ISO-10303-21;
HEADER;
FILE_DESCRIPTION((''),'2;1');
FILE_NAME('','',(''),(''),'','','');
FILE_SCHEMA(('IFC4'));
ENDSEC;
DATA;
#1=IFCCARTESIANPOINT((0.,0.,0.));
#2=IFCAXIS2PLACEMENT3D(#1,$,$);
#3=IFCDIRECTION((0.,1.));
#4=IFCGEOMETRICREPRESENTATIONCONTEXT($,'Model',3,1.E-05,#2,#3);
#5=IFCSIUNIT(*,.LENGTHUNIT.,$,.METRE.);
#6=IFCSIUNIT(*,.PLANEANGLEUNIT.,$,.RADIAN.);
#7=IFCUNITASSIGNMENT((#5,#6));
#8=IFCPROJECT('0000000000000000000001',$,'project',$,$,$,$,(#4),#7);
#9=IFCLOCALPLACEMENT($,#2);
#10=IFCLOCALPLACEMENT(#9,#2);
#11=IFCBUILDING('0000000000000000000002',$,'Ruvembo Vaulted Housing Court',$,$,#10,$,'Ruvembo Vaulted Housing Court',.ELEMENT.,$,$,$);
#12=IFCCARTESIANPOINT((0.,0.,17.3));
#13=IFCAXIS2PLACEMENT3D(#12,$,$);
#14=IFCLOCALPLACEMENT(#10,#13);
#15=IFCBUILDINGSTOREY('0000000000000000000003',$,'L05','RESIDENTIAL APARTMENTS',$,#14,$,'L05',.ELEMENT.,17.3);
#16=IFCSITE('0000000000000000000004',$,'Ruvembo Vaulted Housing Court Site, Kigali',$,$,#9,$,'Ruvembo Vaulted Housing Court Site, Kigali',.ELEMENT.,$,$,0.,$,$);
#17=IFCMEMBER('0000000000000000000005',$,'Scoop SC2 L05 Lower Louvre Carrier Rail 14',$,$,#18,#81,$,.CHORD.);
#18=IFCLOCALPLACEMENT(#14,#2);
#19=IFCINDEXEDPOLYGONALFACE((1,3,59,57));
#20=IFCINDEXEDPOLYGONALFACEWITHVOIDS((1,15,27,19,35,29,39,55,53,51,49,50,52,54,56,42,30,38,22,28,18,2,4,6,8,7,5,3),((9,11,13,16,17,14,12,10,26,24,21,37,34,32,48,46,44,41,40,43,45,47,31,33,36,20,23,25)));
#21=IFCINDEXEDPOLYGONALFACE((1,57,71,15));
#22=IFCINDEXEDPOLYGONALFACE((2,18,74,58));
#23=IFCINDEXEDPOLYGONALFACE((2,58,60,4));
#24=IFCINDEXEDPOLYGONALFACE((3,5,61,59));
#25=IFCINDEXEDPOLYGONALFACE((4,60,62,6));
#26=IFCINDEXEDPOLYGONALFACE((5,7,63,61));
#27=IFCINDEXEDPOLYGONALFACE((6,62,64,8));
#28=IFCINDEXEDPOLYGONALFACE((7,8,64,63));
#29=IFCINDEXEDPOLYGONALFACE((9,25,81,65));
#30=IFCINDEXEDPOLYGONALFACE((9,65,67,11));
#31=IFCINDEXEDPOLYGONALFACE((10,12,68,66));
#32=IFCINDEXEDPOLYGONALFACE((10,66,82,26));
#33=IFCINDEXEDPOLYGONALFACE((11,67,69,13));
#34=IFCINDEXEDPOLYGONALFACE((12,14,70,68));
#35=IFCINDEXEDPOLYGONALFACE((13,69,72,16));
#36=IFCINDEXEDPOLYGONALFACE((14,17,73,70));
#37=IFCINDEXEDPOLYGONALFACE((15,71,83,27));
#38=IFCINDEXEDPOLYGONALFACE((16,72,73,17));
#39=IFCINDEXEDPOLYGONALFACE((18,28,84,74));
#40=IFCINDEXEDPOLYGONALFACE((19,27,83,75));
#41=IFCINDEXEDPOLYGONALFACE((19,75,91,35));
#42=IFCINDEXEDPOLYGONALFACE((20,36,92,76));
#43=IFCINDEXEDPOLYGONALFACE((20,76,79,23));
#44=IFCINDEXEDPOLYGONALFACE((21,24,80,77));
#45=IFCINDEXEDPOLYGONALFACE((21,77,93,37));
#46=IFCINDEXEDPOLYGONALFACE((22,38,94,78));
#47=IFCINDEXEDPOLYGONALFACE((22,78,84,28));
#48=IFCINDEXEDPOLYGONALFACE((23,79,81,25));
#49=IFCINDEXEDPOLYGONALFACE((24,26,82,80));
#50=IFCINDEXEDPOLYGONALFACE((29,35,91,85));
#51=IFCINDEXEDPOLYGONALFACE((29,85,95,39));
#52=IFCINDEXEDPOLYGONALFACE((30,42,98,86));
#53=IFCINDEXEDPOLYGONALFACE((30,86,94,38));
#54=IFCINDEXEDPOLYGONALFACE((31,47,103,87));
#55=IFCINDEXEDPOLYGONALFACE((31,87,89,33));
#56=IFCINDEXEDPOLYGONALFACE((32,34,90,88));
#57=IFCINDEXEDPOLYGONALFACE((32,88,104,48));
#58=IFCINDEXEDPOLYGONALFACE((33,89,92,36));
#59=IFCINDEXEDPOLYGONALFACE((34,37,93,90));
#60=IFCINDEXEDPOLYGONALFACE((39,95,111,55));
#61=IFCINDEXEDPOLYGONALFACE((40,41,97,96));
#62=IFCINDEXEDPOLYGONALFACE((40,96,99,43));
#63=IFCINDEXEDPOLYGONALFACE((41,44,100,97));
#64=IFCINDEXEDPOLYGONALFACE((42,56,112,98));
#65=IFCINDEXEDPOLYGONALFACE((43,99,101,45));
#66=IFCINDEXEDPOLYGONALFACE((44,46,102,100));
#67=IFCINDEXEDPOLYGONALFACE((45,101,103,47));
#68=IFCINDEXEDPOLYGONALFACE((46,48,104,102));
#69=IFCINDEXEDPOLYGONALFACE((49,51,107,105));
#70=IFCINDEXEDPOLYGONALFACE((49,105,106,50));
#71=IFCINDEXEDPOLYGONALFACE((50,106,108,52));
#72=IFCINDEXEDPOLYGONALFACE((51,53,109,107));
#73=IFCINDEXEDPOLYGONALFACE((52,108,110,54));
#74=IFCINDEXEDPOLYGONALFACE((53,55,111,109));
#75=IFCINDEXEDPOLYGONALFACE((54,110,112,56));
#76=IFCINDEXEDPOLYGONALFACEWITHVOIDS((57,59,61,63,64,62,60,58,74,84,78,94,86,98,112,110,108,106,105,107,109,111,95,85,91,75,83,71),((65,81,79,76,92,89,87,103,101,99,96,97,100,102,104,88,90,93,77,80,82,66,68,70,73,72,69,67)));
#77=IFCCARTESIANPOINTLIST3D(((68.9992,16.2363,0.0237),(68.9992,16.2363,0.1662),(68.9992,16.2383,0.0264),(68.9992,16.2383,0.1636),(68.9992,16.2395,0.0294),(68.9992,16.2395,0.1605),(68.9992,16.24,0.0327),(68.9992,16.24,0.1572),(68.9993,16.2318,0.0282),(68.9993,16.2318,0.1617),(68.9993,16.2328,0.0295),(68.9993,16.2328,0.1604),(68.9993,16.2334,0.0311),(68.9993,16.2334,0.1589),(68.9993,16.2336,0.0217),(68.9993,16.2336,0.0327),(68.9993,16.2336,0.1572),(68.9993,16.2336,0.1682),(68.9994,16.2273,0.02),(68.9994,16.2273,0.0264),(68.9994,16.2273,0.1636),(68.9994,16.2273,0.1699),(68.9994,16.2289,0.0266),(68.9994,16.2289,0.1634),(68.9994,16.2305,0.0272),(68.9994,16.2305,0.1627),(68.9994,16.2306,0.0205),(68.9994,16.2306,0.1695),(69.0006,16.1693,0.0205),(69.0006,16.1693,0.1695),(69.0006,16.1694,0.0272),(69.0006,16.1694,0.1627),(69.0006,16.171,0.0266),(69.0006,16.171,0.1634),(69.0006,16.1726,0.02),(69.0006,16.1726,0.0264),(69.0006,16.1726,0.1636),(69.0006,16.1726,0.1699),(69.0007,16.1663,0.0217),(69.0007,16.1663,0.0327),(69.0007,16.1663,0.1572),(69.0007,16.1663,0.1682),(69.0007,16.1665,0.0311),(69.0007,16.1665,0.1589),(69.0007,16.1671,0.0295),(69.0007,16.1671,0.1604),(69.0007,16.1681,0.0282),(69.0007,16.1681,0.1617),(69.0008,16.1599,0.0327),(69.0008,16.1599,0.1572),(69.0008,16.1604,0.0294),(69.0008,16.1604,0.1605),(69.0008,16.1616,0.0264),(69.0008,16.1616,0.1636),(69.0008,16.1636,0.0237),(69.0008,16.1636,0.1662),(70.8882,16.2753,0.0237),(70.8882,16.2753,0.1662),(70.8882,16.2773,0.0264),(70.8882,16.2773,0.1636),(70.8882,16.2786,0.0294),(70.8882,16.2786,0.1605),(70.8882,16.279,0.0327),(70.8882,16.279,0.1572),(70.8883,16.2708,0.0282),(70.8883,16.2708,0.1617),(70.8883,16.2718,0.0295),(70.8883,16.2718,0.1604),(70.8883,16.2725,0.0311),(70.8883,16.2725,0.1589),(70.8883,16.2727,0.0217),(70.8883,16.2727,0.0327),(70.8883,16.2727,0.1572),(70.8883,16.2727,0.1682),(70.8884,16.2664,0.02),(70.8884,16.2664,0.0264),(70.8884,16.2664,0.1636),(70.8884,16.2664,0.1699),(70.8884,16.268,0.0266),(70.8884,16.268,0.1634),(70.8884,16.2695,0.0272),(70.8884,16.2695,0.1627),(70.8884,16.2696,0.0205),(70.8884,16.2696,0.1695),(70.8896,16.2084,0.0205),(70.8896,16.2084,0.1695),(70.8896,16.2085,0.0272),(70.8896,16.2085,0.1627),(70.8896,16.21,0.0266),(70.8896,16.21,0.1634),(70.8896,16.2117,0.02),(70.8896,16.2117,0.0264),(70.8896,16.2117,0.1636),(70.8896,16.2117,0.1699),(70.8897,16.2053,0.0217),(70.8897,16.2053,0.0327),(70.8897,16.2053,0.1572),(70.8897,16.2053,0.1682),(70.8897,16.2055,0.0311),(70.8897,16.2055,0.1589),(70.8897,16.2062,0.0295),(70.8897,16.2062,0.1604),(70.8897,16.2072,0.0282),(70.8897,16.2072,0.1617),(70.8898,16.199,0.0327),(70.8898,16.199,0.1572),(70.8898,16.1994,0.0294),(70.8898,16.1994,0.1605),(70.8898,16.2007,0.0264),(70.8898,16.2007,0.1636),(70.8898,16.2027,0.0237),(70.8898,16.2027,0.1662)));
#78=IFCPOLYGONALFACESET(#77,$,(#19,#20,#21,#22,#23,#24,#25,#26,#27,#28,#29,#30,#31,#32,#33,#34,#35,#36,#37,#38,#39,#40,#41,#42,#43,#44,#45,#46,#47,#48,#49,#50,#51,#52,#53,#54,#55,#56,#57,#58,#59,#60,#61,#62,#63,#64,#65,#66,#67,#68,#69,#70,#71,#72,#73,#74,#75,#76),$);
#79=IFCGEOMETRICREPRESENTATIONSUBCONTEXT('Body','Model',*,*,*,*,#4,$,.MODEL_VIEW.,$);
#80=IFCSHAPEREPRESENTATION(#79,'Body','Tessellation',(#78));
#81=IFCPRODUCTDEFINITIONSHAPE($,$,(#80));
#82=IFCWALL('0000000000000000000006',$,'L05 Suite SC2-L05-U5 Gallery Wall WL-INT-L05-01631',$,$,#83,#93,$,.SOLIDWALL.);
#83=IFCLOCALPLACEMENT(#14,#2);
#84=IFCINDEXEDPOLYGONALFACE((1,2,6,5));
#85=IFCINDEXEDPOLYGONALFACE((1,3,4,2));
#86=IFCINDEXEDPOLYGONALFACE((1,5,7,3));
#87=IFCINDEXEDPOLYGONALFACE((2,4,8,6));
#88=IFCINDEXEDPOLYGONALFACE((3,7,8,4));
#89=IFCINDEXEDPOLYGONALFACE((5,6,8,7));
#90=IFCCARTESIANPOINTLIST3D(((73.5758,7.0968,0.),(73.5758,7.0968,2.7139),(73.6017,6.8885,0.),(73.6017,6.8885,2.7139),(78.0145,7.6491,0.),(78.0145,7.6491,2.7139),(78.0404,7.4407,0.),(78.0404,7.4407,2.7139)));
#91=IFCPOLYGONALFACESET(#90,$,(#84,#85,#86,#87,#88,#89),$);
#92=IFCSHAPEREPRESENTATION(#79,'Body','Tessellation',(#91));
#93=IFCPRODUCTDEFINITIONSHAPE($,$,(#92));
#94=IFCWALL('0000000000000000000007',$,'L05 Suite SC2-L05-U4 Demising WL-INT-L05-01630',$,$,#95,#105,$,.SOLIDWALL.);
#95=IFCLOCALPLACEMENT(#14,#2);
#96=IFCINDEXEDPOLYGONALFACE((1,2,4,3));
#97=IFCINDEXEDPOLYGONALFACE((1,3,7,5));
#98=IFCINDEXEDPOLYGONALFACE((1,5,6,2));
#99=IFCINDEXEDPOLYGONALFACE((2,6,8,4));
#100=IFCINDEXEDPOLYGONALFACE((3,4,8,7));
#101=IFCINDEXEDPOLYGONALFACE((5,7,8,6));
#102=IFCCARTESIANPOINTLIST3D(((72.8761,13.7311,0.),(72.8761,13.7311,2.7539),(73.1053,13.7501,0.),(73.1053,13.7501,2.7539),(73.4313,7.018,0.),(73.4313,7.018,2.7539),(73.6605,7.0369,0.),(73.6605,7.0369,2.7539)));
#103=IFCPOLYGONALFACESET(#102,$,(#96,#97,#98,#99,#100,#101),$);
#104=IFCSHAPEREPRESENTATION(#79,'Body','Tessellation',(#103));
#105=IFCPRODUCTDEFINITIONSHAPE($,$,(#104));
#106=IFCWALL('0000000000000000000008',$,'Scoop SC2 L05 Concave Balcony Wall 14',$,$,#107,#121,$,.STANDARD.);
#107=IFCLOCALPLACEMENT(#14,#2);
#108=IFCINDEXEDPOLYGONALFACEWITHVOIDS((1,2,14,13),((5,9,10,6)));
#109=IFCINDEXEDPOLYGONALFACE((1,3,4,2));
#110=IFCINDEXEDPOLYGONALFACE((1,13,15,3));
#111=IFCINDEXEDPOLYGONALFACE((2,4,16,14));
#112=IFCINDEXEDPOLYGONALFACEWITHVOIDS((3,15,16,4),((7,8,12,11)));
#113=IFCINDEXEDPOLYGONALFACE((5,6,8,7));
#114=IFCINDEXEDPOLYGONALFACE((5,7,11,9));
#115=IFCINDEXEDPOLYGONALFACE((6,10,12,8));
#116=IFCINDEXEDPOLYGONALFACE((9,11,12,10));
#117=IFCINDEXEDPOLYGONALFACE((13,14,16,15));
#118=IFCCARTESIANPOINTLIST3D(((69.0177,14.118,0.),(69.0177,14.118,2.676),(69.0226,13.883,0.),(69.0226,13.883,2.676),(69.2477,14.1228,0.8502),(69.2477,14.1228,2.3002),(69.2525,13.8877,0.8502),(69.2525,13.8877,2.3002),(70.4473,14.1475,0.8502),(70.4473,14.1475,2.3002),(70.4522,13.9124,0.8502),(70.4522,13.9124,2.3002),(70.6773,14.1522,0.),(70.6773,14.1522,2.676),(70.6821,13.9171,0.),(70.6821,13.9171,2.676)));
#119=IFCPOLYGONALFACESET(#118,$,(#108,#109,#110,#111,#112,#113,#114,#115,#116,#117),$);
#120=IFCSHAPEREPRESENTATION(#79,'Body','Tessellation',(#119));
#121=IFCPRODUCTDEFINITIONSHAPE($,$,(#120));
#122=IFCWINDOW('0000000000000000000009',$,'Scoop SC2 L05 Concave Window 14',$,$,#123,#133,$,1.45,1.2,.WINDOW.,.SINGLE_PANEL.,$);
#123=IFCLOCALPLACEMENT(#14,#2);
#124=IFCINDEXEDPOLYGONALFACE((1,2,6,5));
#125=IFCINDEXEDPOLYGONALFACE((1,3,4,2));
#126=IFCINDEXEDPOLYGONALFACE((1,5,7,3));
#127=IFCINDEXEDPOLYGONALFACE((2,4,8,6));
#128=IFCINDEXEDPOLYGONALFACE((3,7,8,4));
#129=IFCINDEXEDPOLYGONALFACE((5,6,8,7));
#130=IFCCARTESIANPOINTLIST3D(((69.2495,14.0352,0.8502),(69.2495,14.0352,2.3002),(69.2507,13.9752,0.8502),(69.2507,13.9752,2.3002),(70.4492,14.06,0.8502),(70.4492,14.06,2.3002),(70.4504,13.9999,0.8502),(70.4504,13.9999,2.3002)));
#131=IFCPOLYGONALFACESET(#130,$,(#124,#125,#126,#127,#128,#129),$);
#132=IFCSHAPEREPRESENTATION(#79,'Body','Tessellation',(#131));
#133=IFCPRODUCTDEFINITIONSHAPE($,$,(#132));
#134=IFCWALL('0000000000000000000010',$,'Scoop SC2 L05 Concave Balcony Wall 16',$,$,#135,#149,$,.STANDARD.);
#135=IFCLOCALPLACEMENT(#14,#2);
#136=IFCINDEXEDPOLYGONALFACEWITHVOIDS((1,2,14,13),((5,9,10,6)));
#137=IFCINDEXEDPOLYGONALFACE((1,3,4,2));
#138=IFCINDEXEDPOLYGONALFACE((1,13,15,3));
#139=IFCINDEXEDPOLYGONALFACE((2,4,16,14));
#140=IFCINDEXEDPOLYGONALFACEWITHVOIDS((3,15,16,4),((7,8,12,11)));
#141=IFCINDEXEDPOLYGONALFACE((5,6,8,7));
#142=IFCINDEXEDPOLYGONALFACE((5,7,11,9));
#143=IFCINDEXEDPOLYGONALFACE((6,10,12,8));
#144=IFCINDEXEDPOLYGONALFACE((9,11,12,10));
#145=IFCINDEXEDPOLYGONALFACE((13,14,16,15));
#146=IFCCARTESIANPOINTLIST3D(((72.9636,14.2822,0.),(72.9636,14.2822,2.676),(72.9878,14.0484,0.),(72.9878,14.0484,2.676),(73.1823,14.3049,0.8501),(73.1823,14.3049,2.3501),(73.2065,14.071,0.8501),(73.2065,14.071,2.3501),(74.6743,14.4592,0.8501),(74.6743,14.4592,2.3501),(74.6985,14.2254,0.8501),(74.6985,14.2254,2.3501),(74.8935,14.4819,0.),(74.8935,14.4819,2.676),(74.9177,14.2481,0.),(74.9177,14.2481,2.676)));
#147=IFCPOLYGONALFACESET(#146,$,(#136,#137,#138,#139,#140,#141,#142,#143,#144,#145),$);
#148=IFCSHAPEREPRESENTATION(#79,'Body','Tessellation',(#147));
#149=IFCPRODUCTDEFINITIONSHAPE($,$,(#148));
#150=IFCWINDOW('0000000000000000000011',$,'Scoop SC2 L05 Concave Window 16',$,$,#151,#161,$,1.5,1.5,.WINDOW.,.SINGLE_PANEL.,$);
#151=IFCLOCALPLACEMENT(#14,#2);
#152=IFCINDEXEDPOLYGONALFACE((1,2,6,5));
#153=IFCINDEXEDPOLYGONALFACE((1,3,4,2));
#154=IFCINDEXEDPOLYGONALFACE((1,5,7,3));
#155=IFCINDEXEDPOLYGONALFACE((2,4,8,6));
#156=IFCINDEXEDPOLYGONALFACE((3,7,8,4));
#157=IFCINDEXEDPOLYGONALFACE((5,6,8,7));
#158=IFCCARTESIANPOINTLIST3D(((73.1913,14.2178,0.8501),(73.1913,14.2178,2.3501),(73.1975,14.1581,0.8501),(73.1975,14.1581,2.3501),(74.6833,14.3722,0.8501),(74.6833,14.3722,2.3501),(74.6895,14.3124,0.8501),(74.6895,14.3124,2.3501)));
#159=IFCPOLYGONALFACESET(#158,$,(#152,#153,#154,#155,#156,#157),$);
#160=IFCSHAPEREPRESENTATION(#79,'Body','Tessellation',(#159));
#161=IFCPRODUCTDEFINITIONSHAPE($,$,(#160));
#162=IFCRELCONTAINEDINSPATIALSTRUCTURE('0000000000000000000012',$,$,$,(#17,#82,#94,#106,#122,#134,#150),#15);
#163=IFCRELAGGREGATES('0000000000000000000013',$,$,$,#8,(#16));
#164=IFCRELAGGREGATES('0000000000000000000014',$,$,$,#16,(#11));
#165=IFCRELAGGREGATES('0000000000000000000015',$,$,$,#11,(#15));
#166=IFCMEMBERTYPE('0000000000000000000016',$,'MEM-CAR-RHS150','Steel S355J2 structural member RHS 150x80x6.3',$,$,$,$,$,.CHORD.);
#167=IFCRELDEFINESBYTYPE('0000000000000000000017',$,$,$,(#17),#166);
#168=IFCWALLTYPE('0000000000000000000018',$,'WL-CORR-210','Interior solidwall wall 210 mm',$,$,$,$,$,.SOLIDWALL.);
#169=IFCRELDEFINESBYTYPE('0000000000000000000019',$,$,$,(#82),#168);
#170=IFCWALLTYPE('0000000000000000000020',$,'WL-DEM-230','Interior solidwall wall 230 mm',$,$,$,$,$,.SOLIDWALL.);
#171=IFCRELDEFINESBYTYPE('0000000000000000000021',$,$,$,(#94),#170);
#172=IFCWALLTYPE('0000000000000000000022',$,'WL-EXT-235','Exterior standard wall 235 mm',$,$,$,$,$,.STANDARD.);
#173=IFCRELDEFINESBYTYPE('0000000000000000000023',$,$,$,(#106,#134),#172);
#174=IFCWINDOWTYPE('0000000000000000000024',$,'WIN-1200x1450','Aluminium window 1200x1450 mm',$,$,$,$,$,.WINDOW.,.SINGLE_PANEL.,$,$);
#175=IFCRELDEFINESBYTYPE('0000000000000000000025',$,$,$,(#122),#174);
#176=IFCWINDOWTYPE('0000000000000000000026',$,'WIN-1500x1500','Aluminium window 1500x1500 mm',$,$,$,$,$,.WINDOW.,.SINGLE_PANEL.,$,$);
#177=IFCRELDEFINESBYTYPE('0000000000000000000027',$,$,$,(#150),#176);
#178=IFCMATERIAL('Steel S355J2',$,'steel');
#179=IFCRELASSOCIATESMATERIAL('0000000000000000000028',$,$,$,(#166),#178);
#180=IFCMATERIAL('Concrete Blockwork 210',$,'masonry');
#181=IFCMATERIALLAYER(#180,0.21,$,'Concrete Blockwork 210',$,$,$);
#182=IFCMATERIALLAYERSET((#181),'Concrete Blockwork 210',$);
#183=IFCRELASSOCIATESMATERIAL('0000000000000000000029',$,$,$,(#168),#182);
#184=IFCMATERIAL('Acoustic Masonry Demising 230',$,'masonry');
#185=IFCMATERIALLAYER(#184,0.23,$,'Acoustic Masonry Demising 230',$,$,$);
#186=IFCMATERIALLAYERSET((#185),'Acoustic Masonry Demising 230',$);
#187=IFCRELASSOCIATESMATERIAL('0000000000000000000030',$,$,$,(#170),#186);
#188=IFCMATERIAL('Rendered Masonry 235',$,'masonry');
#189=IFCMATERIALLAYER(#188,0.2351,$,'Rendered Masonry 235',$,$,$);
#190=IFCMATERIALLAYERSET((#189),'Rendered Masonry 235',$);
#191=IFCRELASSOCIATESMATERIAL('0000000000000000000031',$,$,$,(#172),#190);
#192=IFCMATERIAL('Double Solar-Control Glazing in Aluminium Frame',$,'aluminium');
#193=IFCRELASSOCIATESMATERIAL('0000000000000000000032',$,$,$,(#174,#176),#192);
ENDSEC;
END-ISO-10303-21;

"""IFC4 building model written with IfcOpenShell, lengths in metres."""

from ifc_helpers import new_model, si_unit, direction, frame, frame_2d, origin, origin_2d, place, context, subcontext, project, spatial, rectangle, hollow_rectangle, extrude, material, layer, layer_set, material_profile, profile_set, type_object, element, fill, save


model = new_model("IFC4")

# Units and contexts
model_context = context("Model", 3, precision=1e-05, world=origin(), true_north=direction((0.0, 1.0)))
body_context = subcontext(model_context, "Body", "Model", "MODEL_VIEW")
ifc_project = project(units=[si_unit("LENGTHUNIT", "METRE"), si_unit("PLANEANGLEUNIT", "RADIAN")], contexts=[model_context])

# Site, building, storey
site_placement = place(None, origin())
site = spatial("IfcSite", under=ifc_project, at=site_placement, Name="Ruvembo Vaulted Housing Court Site, Kigali", LongName="Ruvembo Vaulted Housing Court Site, Kigali", CompositionType="ELEMENT", RefElevation=0.0)
building_placement = place(site_placement, origin())
building = spatial("IfcBuilding", under=site, at=building_placement, Name="Ruvembo Vaulted Housing Court", LongName="Ruvembo Vaulted Housing Court", CompositionType="ELEMENT")
storey_placement = place(building_placement, frame((0.0, 0.0, 17.3)))
storey = spatial("IfcBuildingStorey", under=building, at=storey_placement, Name="L05", Description="RESIDENTIAL APARTMENTS", LongName="L05", CompositionType="ELEMENT", Elevation=17.3)

# Shared definitions
ifc_material_1 = material(Name="Steel S355J2", Category="steel")

# Member
ifc_material_profile_1 = material_profile(ifc_material_1, hollow_rectangle(XDim=0.0801, YDim=0.1499, WallThickness=0.0063, InnerFilletRadius=0.0063, OuterFilletRadius=0.0127, at=origin_2d()), Name="RHS 150x80x6.3")
ifc_profile_set_1 = profile_set([ifc_material_profile_1], Name="Steel S355J2")
member_type = type_object("IfcMemberType", Name="MEM-CAR-RHS150", Description="Steel S355J2 structural member RHS 150x80x6.3", PredefinedType="CHORD", material=ifc_profile_set_1)
member_placement = place(storey_placement, frame((69.0, 16.2, 0.095), z_axis=(0.999786, 0.020675, 0.0), x_axis=(-0.020675, 0.999786, 0.0)))
element("IfcMember", 1, at=member_placement, inside=storey, type_object=member_type, Name="Scoop SC2 L05 Lower Louvre Carrier Rail 14", PredefinedType="CHORD", context=body_context, shape_type="SweptSolid", body=[
    extrude(hollow_rectangle(XDim=0.0801, YDim=0.1499, WallThickness=0.0063, InnerFilletRadius=0.0063, OuterFilletRadius=0.0127, at=origin_2d()), origin(), (0.0, 0.0, 1.0), 1.8894),
])

# Shared definitions
ifc_material_2 = material(Name="Concrete Blockwork 210", Category="masonry")
ifc_layer_1 = layer(ifc_material_2, 0.21, Name="Concrete Blockwork 210")
ifc_layer_set_1 = layer_set([ifc_layer_1], Name="Concrete Blockwork 210")
wall_type_1 = type_object("IfcWallType", Name="WL-CORR-210", Description="Interior solidwall wall 210 mm", PredefinedType="SOLIDWALL", material=ifc_layer_set_1)

# Walls
wall_1_placement = place(storey_placement, frame((73.5889, 6.9927, 0.0), z_axis=(0.0, 0.0, 1.0), x_axis=(0.992349, 0.123464, 0.0)))
element("IfcWall", 2, at=wall_1_placement, inside=storey, type_object=wall_type_1, Name="L05 Suite SC2-L05-U5 Gallery Wall WL-INT-L05-01631", PredefinedType="SOLIDWALL", context=body_context, shape_type="SweptSolid", body=[
    extrude(rectangle(XDim=4.4729, YDim=0.21, at=frame_2d((2.2363, 0.0))), origin(), (0.0, 0.0, 1.0), 2.7139),
])
ifc_material_3 = material(Name="Acoustic Masonry Demising 230", Category="masonry")
ifc_layer_2 = layer(ifc_material_3, 0.23, Name="Acoustic Masonry Demising 230")
ifc_layer_set_2 = layer_set([ifc_layer_2], Name="Acoustic Masonry Demising 230")
wall_type_2 = type_object("IfcWallType", Name="WL-DEM-230", Description="Interior solidwall wall 230 mm", PredefinedType="SOLIDWALL", material=ifc_layer_set_2)
wall_2_placement = place(storey_placement, frame((72.9907, 13.7407, 0.0), z_axis=(0.0, 0.0, 1.0), x_axis=(0.082419, -0.996598, 0.0)))
element("IfcWall", 3, at=wall_2_placement, inside=storey, type_object=wall_type_2, Name="L05 Suite SC2-L05-U4 Demising WL-INT-L05-01630", PredefinedType="SOLIDWALL", context=body_context, shape_type="SweptSolid", body=[
    extrude(rectangle(XDim=6.7361, YDim=0.23, at=frame_2d((3.3682, 0.0))), origin(), (0.0, 0.0, 1.0), 2.7539),
])

# Wall, opening, window
ifc_material_4 = material(Name="Rendered Masonry 235", Category="masonry")
ifc_layer_3 = layer(ifc_material_4, 0.2351, Name="Rendered Masonry 235")
ifc_layer_set_3 = layer_set([ifc_layer_3], Name="Rendered Masonry 235")
wall_type_3 = type_object("IfcWallType", Name="WL-EXT-235", Description="Exterior standard wall 235 mm", PredefinedType="STANDARD", material=ifc_layer_set_3)
wall_3_placement = place(storey_placement, frame((69.02, 14.0005, 0.0), z_axis=(0.0, 0.0, 1.0), x_axis=(0.999788, 0.02059, 0.0)))
wall_3 = element("IfcWall", 4, at=wall_3_placement, inside=storey, type_object=wall_type_3, Name="Scoop SC2 L05 Concave Balcony Wall 14", PredefinedType="STANDARD", context=body_context, shape_type="SweptSolid", body=[
    extrude(rectangle(XDim=1.6599, YDim=0.2351, at=frame_2d((0.8301, 0.0))), origin(), (0.0, 0.0, 1.0), 2.676),
])
opening_1_placement = place(wall_3_placement, frame((0.23, 0.0, 0.8501)))
opening_1 = element("IfcOpeningElement", 5, at=opening_1_placement, cuts=wall_3, PredefinedType="OPENING", context=body_context, shape_type="SweptSolid", body=[
    extrude(rectangle(XDim=1.2, YDim=1.45, at=frame_2d((0.6001, 0.7251))), frame((0.0, 0.1274, 0.0), z_axis=(0.0, -1.0, 0.0), x_axis=(1.0, 0.0, 0.0)), (0.0, 0.0, 1.0), 0.2551),
])
ifc_material_5 = material(Name="Double Solar-Control Glazing in Aluminium Frame", Category="aluminium")
window_type_1 = type_object("IfcWindowType", Name="WIN-1200x1450", Description="Aluminium window 1200x1450 mm", PartitioningType="SINGLE_PANEL", PredefinedType="WINDOW", material=ifc_material_5)
window_1_placement = place(opening_1_placement, origin())
window_1 = element("IfcWindow", 6, at=window_1_placement, inside=storey, type_object=window_type_1, Name="Scoop SC2 L05 Concave Window 14", OverallHeight=1.45, OverallWidth=1.2, PartitioningType="SINGLE_PANEL", PredefinedType="WINDOW", context=body_context, shape_type="SweptSolid", body=[
    extrude(rectangle(XDim=1.2, YDim=1.45, at=frame_2d((0.6001, 0.7251))), frame((0.0, 0.03, 0.0), z_axis=(0.0, -1.0, 0.0), x_axis=(1.0, 0.0, 0.0)), (0.0, 0.0, 1.0), 0.0601),
])
fill(opening_1, window_1)

# Wall, opening, window
wall_4_placement = place(storey_placement, frame((72.9756, 14.1653, 0.0), z_axis=(0.0, 0.0, 1.0), x_axis=(0.994689, 0.102929, 0.0)))
wall_4 = element("IfcWall", 7, at=wall_4_placement, inside=storey, type_object=wall_type_3, Name="Scoop SC2 L05 Concave Balcony Wall 16", PredefinedType="STANDARD", context=body_context, shape_type="SweptSolid", body=[
    extrude(rectangle(XDim=1.9402, YDim=0.2351, at=frame_2d((0.9702, 0.0))), origin(), (0.0, 0.0, 1.0), 2.676),
])
opening_2_placement = place(wall_4_placement, frame((0.22, 0.0, 0.8501)))
opening_2 = element("IfcOpeningElement", 8, at=opening_2_placement, cuts=wall_4, PredefinedType="OPENING", context=body_context, shape_type="SweptSolid", body=[
    extrude(rectangle(XDim=1.5, YDim=1.5, at=frame_2d((0.75, 0.75))), frame((0.0, 0.1274, 0.0), z_axis=(0.0, -1.0, 0.0), x_axis=(1.0, 0.0, 0.0)), (0.0, 0.0, 1.0), 0.2551),
])
window_type_2 = type_object("IfcWindowType", Name="WIN-1500x1500", Description="Aluminium window 1500x1500 mm", PartitioningType="SINGLE_PANEL", PredefinedType="WINDOW", material=ifc_material_5)
window_2_placement = place(opening_2_placement, origin())
window_2 = element("IfcWindow", 9, at=window_2_placement, inside=storey, type_object=window_type_2, Name="Scoop SC2 L05 Concave Window 16", OverallHeight=1.5, OverallWidth=1.5, PartitioningType="SINGLE_PANEL", PredefinedType="WINDOW", context=body_context, shape_type="SweptSolid", body=[
    extrude(rectangle(XDim=1.5, YDim=1.5, at=frame_2d((0.75, 0.75))), frame((0.0, 0.03, 0.0), z_axis=(0.0, -1.0, 0.0), x_axis=(1.0, 0.0, 0.0)), (0.0, 0.0, 1.0), 0.0601),
])
fill(opening_2, window_2)

save(model, "model.ifc")
